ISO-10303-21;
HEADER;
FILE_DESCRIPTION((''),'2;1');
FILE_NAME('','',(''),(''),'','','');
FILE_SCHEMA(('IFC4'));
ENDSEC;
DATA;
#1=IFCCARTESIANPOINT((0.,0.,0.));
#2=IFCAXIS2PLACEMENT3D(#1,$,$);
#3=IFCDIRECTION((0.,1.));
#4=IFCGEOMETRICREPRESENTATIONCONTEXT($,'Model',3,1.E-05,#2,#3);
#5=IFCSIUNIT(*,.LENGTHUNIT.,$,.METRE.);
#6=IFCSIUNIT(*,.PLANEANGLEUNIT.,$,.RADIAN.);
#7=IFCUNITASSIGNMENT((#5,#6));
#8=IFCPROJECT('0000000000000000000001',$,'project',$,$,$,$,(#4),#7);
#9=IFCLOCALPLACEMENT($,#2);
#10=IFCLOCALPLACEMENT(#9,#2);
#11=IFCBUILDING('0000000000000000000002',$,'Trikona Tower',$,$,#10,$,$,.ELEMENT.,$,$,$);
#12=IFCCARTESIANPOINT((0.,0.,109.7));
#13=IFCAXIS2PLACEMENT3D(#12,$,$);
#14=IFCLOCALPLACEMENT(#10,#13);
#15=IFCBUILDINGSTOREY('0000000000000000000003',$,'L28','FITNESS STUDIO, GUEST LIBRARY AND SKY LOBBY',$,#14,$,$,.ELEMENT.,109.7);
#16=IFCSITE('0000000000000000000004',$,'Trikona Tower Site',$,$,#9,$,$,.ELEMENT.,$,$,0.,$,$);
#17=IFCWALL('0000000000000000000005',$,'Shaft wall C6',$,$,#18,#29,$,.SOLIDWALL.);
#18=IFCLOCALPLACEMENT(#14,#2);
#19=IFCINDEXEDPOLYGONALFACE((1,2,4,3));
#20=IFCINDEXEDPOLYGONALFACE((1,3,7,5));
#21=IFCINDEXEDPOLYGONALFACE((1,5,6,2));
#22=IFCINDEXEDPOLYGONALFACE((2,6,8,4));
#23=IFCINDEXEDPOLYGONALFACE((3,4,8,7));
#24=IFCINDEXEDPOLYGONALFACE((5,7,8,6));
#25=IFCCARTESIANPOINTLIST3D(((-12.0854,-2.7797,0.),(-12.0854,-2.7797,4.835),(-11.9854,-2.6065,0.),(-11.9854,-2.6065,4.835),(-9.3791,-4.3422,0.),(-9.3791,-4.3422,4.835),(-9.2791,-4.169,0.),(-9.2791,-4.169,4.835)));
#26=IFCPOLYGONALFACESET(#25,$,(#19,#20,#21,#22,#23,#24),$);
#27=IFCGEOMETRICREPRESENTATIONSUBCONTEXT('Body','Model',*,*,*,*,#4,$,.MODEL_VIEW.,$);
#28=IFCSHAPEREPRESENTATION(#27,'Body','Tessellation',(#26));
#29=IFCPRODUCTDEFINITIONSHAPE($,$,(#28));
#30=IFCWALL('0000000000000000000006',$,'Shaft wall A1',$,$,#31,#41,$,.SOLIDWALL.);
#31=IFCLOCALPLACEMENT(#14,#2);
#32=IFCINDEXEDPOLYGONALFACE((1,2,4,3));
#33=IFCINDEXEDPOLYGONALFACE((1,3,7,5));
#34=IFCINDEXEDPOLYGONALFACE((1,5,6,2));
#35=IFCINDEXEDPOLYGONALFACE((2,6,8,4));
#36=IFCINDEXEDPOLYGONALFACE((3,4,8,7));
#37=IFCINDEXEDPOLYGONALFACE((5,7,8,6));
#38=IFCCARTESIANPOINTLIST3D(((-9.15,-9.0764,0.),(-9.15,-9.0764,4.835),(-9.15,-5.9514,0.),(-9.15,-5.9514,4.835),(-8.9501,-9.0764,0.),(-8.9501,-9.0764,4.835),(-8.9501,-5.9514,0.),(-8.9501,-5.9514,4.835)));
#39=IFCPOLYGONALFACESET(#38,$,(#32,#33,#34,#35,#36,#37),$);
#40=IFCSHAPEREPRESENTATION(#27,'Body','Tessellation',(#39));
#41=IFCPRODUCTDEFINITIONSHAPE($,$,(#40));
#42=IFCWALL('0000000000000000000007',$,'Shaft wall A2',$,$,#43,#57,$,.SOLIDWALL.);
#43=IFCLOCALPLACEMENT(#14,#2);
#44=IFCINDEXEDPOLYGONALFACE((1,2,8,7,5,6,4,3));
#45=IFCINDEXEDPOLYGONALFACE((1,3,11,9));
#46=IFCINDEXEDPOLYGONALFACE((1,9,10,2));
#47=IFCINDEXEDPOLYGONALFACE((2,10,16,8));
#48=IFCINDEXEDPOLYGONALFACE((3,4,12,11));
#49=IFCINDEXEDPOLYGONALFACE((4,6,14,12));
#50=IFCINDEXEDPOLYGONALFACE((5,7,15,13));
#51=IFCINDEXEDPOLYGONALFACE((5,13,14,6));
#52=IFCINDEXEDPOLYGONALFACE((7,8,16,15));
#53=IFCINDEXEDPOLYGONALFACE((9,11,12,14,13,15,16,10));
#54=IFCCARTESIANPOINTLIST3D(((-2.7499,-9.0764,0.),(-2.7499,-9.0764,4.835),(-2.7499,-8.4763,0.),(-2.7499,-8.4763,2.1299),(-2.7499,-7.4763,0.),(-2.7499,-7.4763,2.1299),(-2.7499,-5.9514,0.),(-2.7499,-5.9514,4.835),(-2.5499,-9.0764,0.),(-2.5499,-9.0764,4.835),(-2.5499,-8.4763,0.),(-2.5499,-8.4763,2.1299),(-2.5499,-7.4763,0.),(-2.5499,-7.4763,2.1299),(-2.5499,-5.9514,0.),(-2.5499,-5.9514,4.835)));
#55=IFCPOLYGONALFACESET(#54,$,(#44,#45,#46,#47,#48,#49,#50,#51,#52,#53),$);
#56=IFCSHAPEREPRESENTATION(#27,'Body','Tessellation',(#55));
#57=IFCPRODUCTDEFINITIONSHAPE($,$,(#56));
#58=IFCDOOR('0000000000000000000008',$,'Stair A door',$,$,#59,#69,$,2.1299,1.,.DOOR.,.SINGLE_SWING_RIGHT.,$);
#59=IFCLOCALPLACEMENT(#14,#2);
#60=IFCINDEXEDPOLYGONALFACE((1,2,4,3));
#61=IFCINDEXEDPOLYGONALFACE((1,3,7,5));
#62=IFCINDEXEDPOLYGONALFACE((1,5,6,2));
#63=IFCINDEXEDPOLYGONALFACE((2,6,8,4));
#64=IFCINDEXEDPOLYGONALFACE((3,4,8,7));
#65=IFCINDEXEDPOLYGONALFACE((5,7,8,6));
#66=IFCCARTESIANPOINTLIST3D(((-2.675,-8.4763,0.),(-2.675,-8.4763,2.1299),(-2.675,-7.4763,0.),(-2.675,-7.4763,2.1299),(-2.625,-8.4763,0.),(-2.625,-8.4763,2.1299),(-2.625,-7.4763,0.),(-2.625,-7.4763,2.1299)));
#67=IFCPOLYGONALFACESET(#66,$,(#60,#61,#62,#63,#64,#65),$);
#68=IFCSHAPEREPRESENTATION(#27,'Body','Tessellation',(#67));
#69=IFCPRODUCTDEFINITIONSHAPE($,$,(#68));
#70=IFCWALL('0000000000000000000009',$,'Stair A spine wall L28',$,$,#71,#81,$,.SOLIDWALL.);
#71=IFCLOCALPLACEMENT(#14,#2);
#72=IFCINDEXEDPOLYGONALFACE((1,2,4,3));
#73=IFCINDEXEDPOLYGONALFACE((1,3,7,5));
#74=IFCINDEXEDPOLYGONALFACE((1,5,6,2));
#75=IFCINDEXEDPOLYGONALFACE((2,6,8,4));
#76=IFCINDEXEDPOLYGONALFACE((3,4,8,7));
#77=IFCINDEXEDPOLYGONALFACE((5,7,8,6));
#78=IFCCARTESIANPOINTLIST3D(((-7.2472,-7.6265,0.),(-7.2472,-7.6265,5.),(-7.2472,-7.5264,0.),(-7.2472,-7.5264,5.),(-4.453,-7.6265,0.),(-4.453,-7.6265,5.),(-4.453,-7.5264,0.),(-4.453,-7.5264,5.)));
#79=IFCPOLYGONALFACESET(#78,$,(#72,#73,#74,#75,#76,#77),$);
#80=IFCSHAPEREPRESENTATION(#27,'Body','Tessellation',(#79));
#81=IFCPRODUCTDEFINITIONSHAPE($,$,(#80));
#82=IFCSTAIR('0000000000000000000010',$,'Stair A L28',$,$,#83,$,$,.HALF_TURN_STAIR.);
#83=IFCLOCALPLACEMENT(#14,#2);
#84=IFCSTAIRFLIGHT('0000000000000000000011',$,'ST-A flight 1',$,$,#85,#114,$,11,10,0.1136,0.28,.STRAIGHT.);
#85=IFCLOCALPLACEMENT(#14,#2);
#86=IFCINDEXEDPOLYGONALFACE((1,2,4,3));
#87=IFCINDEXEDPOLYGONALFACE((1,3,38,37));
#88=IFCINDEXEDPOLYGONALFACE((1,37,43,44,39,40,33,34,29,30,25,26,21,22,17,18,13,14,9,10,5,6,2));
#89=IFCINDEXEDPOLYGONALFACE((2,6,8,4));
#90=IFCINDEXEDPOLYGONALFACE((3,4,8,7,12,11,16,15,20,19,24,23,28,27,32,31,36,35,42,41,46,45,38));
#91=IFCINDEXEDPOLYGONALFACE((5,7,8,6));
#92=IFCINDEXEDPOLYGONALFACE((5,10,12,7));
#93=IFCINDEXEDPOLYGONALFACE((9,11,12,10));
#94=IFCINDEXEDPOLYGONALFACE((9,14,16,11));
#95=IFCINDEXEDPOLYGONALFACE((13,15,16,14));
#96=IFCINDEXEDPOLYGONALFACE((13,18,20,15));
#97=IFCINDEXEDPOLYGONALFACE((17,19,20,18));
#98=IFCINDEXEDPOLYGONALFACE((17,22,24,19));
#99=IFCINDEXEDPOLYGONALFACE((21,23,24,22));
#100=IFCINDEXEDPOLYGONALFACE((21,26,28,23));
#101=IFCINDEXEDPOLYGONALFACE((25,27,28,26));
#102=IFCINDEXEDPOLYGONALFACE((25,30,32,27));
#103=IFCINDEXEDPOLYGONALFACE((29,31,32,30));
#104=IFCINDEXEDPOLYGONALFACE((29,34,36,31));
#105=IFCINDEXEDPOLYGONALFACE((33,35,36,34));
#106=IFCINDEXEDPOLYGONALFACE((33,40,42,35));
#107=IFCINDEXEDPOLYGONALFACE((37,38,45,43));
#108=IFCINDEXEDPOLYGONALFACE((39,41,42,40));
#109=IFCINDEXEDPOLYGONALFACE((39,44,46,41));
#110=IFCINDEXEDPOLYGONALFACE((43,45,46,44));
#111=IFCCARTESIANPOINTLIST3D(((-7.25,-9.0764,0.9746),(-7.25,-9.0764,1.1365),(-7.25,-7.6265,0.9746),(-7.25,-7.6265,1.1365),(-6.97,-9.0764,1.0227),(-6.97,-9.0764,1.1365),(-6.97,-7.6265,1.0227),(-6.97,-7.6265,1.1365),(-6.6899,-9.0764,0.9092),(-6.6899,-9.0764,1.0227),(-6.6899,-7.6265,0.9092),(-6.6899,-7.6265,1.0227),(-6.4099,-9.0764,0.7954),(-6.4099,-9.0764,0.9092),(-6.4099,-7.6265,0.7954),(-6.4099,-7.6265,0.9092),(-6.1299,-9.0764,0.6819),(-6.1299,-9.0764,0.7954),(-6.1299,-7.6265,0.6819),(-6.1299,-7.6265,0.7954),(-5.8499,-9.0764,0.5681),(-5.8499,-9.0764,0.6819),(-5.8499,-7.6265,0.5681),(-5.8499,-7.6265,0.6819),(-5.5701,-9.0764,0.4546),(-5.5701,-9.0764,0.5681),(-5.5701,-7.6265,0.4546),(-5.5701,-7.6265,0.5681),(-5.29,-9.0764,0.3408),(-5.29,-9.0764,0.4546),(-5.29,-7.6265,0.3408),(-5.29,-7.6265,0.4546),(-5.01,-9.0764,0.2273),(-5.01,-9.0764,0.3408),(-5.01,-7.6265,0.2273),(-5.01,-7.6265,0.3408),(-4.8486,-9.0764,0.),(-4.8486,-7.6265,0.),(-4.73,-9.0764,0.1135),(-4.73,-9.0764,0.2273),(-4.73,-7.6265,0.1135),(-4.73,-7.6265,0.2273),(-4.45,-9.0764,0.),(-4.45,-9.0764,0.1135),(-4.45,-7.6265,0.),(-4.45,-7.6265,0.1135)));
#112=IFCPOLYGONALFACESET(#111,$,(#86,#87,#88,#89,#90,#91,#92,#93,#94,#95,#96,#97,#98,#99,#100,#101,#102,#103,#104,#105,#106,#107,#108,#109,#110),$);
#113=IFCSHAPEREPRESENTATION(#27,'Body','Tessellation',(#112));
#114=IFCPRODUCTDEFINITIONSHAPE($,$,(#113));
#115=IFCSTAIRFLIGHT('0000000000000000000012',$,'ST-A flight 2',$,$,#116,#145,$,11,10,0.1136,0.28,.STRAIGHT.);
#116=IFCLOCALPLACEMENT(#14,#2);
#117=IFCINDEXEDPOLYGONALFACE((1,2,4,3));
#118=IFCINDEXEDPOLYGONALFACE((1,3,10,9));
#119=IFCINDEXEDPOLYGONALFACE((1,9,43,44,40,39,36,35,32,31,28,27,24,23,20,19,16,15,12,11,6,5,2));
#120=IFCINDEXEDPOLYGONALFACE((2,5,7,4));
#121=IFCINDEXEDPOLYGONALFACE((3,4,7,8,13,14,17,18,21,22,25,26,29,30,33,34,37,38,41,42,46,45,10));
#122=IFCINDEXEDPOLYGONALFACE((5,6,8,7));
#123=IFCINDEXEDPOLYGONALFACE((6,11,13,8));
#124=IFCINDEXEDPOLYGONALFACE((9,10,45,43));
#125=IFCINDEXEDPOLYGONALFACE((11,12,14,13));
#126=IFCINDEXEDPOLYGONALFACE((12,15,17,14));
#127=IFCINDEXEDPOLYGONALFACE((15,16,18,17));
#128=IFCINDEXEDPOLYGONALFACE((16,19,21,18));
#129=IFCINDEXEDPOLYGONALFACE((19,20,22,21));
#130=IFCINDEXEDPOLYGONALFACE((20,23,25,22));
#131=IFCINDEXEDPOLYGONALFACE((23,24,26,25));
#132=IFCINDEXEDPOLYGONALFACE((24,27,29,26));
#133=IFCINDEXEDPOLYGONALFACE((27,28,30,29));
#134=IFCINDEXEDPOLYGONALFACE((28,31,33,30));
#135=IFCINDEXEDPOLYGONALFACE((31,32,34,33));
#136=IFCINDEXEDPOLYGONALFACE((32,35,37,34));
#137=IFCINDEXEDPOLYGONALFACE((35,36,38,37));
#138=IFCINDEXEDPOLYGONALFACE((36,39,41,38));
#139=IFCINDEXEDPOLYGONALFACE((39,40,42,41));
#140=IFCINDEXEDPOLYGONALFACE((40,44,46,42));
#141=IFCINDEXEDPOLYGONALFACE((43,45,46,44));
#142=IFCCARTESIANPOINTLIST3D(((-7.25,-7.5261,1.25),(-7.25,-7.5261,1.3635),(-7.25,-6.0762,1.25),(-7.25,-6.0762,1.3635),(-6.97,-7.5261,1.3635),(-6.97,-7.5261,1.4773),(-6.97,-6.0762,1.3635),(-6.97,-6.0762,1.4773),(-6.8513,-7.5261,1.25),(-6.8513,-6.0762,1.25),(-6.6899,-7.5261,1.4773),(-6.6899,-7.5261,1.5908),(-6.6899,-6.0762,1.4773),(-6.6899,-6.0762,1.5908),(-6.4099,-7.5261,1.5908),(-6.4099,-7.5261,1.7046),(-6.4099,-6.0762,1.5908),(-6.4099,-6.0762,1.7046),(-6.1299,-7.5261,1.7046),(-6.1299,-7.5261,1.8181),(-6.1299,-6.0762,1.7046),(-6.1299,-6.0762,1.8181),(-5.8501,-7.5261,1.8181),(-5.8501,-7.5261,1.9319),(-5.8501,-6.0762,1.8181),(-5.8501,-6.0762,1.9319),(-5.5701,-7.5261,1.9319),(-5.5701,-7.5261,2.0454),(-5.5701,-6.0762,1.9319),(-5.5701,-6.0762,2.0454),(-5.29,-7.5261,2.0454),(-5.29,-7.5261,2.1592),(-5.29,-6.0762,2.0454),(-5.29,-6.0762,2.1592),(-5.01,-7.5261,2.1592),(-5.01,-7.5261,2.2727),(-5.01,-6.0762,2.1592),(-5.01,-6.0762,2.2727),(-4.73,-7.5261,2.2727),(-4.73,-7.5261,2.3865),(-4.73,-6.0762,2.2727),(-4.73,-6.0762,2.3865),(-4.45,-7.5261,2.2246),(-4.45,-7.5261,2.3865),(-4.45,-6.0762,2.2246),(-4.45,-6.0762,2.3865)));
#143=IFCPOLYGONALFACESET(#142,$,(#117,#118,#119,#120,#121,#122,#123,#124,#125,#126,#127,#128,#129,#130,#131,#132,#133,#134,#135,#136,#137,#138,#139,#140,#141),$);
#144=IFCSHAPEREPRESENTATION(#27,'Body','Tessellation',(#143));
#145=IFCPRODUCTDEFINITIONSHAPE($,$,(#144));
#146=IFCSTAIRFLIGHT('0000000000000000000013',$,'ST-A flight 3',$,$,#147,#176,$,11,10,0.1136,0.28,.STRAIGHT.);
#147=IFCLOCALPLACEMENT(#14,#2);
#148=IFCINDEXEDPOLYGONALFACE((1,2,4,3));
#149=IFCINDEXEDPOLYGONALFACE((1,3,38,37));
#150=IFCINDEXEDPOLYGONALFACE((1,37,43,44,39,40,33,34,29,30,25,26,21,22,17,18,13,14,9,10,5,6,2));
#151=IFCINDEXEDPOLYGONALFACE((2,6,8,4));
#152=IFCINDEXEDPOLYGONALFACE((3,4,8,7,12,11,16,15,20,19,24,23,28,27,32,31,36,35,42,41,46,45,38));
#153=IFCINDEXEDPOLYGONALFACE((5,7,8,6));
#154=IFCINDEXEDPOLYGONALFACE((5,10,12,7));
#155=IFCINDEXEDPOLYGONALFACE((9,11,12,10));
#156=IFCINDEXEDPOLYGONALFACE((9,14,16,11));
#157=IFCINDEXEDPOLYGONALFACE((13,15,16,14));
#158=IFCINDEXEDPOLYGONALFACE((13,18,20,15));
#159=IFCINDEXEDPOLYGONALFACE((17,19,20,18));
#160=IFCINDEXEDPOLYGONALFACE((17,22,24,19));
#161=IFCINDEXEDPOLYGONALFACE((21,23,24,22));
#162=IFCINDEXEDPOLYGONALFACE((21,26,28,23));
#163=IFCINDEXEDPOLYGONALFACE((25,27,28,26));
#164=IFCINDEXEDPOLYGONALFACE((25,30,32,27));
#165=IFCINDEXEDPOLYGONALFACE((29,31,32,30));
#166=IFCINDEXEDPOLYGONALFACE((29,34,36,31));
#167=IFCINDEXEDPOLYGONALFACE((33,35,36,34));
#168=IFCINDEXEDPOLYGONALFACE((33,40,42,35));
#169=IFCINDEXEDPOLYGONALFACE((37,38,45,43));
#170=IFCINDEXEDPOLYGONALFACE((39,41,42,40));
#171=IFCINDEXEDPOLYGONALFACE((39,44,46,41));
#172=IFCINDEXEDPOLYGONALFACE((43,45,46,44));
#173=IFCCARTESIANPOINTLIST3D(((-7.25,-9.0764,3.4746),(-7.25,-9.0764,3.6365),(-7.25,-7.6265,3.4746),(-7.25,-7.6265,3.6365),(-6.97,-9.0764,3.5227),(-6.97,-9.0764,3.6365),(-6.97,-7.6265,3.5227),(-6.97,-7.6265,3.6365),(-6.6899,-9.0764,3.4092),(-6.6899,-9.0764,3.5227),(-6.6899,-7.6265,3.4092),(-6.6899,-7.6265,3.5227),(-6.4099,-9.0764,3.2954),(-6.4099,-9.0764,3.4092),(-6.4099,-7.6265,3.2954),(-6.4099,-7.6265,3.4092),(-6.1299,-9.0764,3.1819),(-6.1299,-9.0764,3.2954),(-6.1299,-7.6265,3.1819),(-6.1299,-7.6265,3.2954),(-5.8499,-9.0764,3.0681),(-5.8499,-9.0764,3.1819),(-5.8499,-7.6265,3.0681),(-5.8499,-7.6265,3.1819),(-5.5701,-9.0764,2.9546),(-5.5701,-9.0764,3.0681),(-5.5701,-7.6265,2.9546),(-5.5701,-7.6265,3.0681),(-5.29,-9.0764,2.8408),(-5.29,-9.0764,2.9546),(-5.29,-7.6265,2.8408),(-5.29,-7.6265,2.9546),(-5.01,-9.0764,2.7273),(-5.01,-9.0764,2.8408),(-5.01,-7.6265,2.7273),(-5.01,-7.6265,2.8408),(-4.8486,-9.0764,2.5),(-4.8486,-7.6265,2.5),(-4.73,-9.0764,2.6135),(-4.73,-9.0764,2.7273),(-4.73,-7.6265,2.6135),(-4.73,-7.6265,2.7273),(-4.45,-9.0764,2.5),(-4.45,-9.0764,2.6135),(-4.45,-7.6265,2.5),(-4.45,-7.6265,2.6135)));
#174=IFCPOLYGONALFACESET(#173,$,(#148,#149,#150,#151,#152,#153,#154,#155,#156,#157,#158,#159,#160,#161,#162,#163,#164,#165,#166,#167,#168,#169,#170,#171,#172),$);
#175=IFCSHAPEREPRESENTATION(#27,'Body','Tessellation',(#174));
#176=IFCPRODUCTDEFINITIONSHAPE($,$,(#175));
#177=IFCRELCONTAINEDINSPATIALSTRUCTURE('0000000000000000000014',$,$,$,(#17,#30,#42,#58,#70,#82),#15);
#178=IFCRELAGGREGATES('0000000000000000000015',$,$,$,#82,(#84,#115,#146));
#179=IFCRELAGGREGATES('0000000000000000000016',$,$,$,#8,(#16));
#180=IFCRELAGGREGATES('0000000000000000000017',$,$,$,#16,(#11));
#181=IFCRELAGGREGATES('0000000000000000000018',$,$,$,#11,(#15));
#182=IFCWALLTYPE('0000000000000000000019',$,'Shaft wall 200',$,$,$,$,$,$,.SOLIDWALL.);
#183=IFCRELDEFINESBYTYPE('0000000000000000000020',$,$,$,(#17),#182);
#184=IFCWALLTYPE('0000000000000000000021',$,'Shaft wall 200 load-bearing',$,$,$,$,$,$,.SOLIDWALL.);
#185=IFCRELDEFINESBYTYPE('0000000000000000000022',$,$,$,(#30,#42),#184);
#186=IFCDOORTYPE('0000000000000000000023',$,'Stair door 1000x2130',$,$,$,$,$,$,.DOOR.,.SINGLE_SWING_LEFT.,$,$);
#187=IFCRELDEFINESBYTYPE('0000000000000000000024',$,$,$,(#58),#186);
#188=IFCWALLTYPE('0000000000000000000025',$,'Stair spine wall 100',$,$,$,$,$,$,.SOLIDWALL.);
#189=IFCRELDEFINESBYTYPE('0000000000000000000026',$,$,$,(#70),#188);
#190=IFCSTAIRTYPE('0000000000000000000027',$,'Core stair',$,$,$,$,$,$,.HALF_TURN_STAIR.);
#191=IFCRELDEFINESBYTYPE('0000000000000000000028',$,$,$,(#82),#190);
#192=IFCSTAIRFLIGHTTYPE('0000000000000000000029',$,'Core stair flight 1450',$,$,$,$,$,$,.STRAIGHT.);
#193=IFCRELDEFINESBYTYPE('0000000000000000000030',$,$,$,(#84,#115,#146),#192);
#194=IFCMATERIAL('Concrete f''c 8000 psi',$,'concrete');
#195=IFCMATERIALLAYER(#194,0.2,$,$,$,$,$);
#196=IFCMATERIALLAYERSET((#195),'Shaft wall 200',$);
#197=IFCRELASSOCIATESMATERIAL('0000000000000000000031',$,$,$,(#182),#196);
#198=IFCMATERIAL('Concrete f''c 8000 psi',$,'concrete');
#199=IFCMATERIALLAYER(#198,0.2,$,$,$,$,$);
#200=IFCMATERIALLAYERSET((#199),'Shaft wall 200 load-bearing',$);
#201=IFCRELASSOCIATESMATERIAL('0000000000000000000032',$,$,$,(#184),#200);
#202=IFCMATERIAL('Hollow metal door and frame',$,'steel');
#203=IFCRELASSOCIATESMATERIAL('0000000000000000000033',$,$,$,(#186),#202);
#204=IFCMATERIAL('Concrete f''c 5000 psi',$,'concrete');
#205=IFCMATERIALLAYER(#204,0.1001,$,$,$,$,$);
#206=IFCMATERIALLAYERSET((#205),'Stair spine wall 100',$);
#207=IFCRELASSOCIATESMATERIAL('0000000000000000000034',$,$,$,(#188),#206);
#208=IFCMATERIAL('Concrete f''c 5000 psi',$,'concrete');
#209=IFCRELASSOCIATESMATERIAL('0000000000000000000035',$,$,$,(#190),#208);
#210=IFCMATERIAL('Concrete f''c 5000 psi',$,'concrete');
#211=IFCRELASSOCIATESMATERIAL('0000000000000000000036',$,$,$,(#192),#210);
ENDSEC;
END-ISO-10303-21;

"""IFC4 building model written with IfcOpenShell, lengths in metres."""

from ifc_helpers import new_model, si_unit, direction, frame, frame_2d, origin, place, context, subcontext, project, spatial, polyline, rectangle, outline, extrude, material, layer, layer_set, type_object, element, fill, aggregate, save


model = new_model("IFC4")

# Units and contexts
model_context = context("Model", 3, precision=1e-05, world=origin(), true_north=direction((0.0, 1.0)))
body_context = subcontext(model_context, "Body", "Model", "MODEL_VIEW")
ifc_project = project(units=[si_unit("LENGTHUNIT", "METRE"), si_unit("PLANEANGLEUNIT", "RADIAN")], contexts=[model_context])

# Site, building, storey
site_placement = place(None, origin())
site = spatial("IfcSite", under=ifc_project, at=site_placement, Name="Trikona Tower Site", CompositionType="ELEMENT", RefElevation=0.0)
building_placement = place(site_placement, origin())
building = spatial("IfcBuilding", under=site, at=building_placement, Name="Trikona Tower", CompositionType="ELEMENT")
storey_placement = place(building_placement, frame((0.0, 0.0, 109.7)))
storey = spatial("IfcBuildingStorey", under=building, at=storey_placement, Name="L28", Description="FITNESS STUDIO, GUEST LIBRARY AND SKY LOBBY", CompositionType="ELEMENT", Elevation=109.7)

# Walls
ifc_material_1 = material(Name="Concrete f'c 8000 psi", Category="concrete")
ifc_layer_1 = layer(ifc_material_1, 0.2)
ifc_layer_set_1 = layer_set([ifc_layer_1], Name="Shaft wall 200")
wall_type_1 = type_object("IfcWallType", Name="Shaft wall 200", PredefinedType="SOLIDWALL", material=ifc_layer_set_1)
for number, where, z_axis, x_axis, name in (
    (1, (-9.3291, -4.2556, 0.0), (0.0, 0.0, 1.0), (-0.866023, 0.500004, 0.0), "Shaft wall C6"),
):
    element("IfcWall", number, at=place(storey_placement, frame(where, z_axis=z_axis, x_axis=x_axis)), inside=storey, type_object=wall_type_1, Name=name, PredefinedType="SOLIDWALL", context=body_context, shape_type="SweptSolid", body=[
        extrude(rectangle(XDim=3.125, YDim=0.2, at=frame_2d((1.5625, 0.0))), origin(), (0.0, 0.0, 1.0), 4.835),
    ])
ifc_material_2 = material(Name="Concrete f'c 8000 psi", Category="concrete")
ifc_layer_2 = layer(ifc_material_2, 0.2)
ifc_layer_set_2 = layer_set([ifc_layer_2], Name="Shaft wall 200 load-bearing")
wall_type_2 = type_object("IfcWallType", Name="Shaft wall 200 load-bearing", PredefinedType="SOLIDWALL", material=ifc_layer_set_2)
wall_1_placement = place(storey_placement, frame((-9.05, -5.9514, 0.0), z_axis=(0.0, 0.0, 1.0), x_axis=(0.0, -1.0, 0.0)))
element("IfcWall", 2, at=wall_1_placement, inside=storey, type_object=wall_type_2, Name="Shaft wall A1", PredefinedType="SOLIDWALL", context=body_context, shape_type="SweptSolid", body=[
    extrude(rectangle(XDim=3.125, YDim=0.2, at=frame_2d((1.5625, 0.0))), origin(), (0.0, 0.0, 1.0), 4.835),
])

# Wall, opening, door
wall_2_placement = place(storey_placement, frame((-2.6499, -5.9514, 0.0), z_axis=(0.0, 0.0, 1.0), x_axis=(0.0, -1.0, 0.0)))
wall_2 = element("IfcWall", 3, at=wall_2_placement, inside=storey, type_object=wall_type_2, Name="Shaft wall A2", PredefinedType="SOLIDWALL", context=body_context, shape_type="SweptSolid", body=[
    extrude(rectangle(XDim=3.125, YDim=0.2, at=frame_2d((1.5625, 0.0))), origin(), (0.0, 0.0, 1.0), 4.835),
])
opening_1_placement = place(wall_2_placement, frame((1.5249, 0.0, 0.0)))
opening_1 = element("IfcOpeningElement", 4, at=opening_1_placement, cuts=wall_2, PredefinedType="OPENING", context=body_context, shape_type="SweptSolid", body=[
    extrude(rectangle(XDim=1.0, YDim=2.1299, at=frame_2d((0.5, 1.0649))), frame((0.0, 0.1099, 0.0), z_axis=(0.0, -1.0, 0.0), x_axis=(1.0, 0.0, 0.0)), (0.0, 0.0, 1.0), 0.22),
])
ifc_material_3 = material(Name="Hollow metal door and frame", Category="steel")
door_type_1 = type_object("IfcDoorType", Name="Stair door 1000x2130", OperationType="SINGLE_SWING_LEFT", PredefinedType="DOOR", material=ifc_material_3)
door_1_placement = place(opening_1_placement, origin())
door_1 = element("IfcDoor", 5, at=door_1_placement, inside=storey, type_object=door_type_1, Name="Stair A door", OperationType="SINGLE_SWING_RIGHT", OverallHeight=2.1299, OverallWidth=1.0, PredefinedType="DOOR", context=body_context, shape_type="SweptSolid", body=[
    extrude(rectangle(XDim=1.0, YDim=2.1299, at=frame_2d((0.5, 1.0649))), frame((0.0, 0.0249, 0.0), z_axis=(0.0, -1.0, 0.0), x_axis=(1.0, 0.0, 0.0)), (0.0, 0.0, 1.0), 0.05),
])
fill(opening_1, door_1)

# Wall
ifc_material_4 = material(Name="Concrete f'c 5000 psi", Category="concrete")
ifc_layer_3 = layer(ifc_material_4, 0.1001)
ifc_layer_set_3 = layer_set([ifc_layer_3], Name="Stair spine wall 100")
wall_type_3 = type_object("IfcWallType", Name="Stair spine wall 100", PredefinedType="SOLIDWALL", material=ifc_layer_set_3)
wall_3_placement = place(storey_placement, frame((-7.2471, -7.5764, 0.0), z_axis=(0.0, 0.0, 1.0), x_axis=(1.0, 0.0, 0.0)))
element("IfcWall", 6, at=wall_3_placement, inside=storey, type_object=wall_type_3, Name="Stair A spine wall L28", PredefinedType="SOLIDWALL", context=body_context, shape_type="SweptSolid", body=[
    extrude(rectangle(XDim=2.7942, YDim=0.1001, at=frame_2d((1.397, 0.0))), origin(), (0.0, 0.0, 1.0), 5.0),
])

# Stair, stair flights
ifc_material_5 = material(Name="Concrete f'c 5000 psi", Category="concrete")
stair_type = type_object("IfcStairType", Name="Core stair", PredefinedType="HALF_TURN_STAIR", material=ifc_material_5)
stair_placement = place(storey_placement, origin())
stair = element("IfcStair", 7, at=stair_placement, inside=storey, type_object=stair_type, Name="Stair A L28", PredefinedType="HALF_TURN_STAIR")
ifc_material_6 = material(Name="Concrete f'c 5000 psi", Category="concrete")
stair_flight_type = type_object("IfcStairFlightType", Name="Core stair flight 1450", PredefinedType="STRAIGHT", material=ifc_material_6)
stair_flight_1_placement = place(storey_placement, frame((-4.45, -8.3513, 0.0), z_axis=(0.0, 0.0, 1.0), x_axis=(-1.0, 0.0, 0.0)))
stair_flight_1 = element("IfcStairFlight", 8, at=stair_flight_1_placement, type_object=stair_flight_type, Name="ST-A flight 1", NumberOfRisers=11, NumberOfTreads=10, PredefinedType="STRAIGHT", RiserHeight=0.1136, TreadLength=0.28, context=body_context, shape_type="SweptSolid", body=[
    extrude(outline(polyline([(0.0, 0.0), (0.0, 0.1135), (0.28, 0.1135), (0.28, 0.2273), (0.5601, 0.2273), (0.5601, 0.3408), (0.8401, 0.3408), (0.8401, 0.4546), (1.1201, 0.4546), (1.1201, 0.5681), (1.3999, 0.5681), (1.3999, 0.6819), (1.6799, 0.6819), (1.6799, 0.7954), (1.96, 0.7954), (1.96, 0.9092), (2.24, 0.9092), (2.24, 1.0227), (2.52, 1.0227), (2.52, 1.1365), (2.8, 1.1365), (2.8, 1.25), (2.8, 0.9746), (0.3987, 0.0), (0.0, 0.0)])), frame((0.0, 0.7251, 0.0), z_axis=(0.0, -1.0, 0.0), x_axis=(1.0, 0.0, 0.0)), (0.0, 0.0, 1.0), 1.45),
])
stair_flight_2_placement = place(storey_placement, frame((-7.25, -6.8013, 1.25), z_axis=(0.0, 0.0, 1.0), x_axis=(1.0, 0.0, 0.0)))
stair_flight_2 = element("IfcStairFlight", 9, at=stair_flight_2_placement, type_object=stair_flight_type, Name="ST-A flight 2", NumberOfRisers=11, NumberOfTreads=10, PredefinedType="STRAIGHT", RiserHeight=0.1136, TreadLength=0.28, context=body_context, shape_type="SweptSolid", body=[
    extrude(outline(polyline([(0.0, 0.0), (0.0, 0.1135), (0.28, 0.1135), (0.28, 0.2273), (0.5601, 0.2273), (0.5601, 0.3408), (0.8401, 0.3408), (0.8401, 0.4546), (1.1201, 0.4546), (1.1201, 0.5681), (1.3999, 0.5681), (1.3999, 0.6819), (1.6799, 0.6819), (1.6799, 0.7954), (1.96, 0.7954), (1.96, 0.9092), (2.24, 0.9092), (2.24, 1.0227), (2.52, 1.0227), (2.52, 1.1365), (2.8, 1.1365), (2.8, 1.25), (2.8, 0.9746), (0.3987, 0.0), (0.0, 0.0)])), frame((0.0, 0.7251, 0.0), z_axis=(0.0, -1.0, 0.0), x_axis=(1.0, 0.0, 0.0)), (0.0, 0.0, 1.0), 1.45),
])
stair_flight_3_placement = place(storey_placement, frame((-4.45, -8.3513, 2.5), z_axis=(0.0, 0.0, 1.0), x_axis=(-1.0, 0.0, 0.0)))
stair_flight_3 = element("IfcStairFlight", 10, at=stair_flight_3_placement, type_object=stair_flight_type, Name="ST-A flight 3", NumberOfRisers=11, NumberOfTreads=10, PredefinedType="STRAIGHT", RiserHeight=0.1136, TreadLength=0.28, context=body_context, shape_type="SweptSolid", body=[
    extrude(outline(polyline([(0.0, 0.0), (0.0, 0.1135), (0.28, 0.1135), (0.28, 0.2273), (0.5601, 0.2273), (0.5601, 0.3408), (0.8401, 0.3408), (0.8401, 0.4546), (1.1201, 0.4546), (1.1201, 0.5681), (1.3999, 0.5681), (1.3999, 0.6819), (1.6799, 0.6819), (1.6799, 0.7954), (1.96, 0.7954), (1.96, 0.9092), (2.24, 0.9092), (2.24, 1.0227), (2.52, 1.0227), (2.52, 1.1365), (2.8, 1.1365), (2.8, 1.25), (2.8, 0.9746), (0.3987, 0.0), (0.0, 0.0)])), frame((0.0, 0.7251, 0.0), z_axis=(0.0, -1.0, 0.0), x_axis=(1.0, 0.0, 0.0)), (0.0, 0.0, 1.0), 1.45),
])
aggregate(stair, [stair_flight_1, stair_flight_2, stair_flight_3])

save(model, "model.ifc")
